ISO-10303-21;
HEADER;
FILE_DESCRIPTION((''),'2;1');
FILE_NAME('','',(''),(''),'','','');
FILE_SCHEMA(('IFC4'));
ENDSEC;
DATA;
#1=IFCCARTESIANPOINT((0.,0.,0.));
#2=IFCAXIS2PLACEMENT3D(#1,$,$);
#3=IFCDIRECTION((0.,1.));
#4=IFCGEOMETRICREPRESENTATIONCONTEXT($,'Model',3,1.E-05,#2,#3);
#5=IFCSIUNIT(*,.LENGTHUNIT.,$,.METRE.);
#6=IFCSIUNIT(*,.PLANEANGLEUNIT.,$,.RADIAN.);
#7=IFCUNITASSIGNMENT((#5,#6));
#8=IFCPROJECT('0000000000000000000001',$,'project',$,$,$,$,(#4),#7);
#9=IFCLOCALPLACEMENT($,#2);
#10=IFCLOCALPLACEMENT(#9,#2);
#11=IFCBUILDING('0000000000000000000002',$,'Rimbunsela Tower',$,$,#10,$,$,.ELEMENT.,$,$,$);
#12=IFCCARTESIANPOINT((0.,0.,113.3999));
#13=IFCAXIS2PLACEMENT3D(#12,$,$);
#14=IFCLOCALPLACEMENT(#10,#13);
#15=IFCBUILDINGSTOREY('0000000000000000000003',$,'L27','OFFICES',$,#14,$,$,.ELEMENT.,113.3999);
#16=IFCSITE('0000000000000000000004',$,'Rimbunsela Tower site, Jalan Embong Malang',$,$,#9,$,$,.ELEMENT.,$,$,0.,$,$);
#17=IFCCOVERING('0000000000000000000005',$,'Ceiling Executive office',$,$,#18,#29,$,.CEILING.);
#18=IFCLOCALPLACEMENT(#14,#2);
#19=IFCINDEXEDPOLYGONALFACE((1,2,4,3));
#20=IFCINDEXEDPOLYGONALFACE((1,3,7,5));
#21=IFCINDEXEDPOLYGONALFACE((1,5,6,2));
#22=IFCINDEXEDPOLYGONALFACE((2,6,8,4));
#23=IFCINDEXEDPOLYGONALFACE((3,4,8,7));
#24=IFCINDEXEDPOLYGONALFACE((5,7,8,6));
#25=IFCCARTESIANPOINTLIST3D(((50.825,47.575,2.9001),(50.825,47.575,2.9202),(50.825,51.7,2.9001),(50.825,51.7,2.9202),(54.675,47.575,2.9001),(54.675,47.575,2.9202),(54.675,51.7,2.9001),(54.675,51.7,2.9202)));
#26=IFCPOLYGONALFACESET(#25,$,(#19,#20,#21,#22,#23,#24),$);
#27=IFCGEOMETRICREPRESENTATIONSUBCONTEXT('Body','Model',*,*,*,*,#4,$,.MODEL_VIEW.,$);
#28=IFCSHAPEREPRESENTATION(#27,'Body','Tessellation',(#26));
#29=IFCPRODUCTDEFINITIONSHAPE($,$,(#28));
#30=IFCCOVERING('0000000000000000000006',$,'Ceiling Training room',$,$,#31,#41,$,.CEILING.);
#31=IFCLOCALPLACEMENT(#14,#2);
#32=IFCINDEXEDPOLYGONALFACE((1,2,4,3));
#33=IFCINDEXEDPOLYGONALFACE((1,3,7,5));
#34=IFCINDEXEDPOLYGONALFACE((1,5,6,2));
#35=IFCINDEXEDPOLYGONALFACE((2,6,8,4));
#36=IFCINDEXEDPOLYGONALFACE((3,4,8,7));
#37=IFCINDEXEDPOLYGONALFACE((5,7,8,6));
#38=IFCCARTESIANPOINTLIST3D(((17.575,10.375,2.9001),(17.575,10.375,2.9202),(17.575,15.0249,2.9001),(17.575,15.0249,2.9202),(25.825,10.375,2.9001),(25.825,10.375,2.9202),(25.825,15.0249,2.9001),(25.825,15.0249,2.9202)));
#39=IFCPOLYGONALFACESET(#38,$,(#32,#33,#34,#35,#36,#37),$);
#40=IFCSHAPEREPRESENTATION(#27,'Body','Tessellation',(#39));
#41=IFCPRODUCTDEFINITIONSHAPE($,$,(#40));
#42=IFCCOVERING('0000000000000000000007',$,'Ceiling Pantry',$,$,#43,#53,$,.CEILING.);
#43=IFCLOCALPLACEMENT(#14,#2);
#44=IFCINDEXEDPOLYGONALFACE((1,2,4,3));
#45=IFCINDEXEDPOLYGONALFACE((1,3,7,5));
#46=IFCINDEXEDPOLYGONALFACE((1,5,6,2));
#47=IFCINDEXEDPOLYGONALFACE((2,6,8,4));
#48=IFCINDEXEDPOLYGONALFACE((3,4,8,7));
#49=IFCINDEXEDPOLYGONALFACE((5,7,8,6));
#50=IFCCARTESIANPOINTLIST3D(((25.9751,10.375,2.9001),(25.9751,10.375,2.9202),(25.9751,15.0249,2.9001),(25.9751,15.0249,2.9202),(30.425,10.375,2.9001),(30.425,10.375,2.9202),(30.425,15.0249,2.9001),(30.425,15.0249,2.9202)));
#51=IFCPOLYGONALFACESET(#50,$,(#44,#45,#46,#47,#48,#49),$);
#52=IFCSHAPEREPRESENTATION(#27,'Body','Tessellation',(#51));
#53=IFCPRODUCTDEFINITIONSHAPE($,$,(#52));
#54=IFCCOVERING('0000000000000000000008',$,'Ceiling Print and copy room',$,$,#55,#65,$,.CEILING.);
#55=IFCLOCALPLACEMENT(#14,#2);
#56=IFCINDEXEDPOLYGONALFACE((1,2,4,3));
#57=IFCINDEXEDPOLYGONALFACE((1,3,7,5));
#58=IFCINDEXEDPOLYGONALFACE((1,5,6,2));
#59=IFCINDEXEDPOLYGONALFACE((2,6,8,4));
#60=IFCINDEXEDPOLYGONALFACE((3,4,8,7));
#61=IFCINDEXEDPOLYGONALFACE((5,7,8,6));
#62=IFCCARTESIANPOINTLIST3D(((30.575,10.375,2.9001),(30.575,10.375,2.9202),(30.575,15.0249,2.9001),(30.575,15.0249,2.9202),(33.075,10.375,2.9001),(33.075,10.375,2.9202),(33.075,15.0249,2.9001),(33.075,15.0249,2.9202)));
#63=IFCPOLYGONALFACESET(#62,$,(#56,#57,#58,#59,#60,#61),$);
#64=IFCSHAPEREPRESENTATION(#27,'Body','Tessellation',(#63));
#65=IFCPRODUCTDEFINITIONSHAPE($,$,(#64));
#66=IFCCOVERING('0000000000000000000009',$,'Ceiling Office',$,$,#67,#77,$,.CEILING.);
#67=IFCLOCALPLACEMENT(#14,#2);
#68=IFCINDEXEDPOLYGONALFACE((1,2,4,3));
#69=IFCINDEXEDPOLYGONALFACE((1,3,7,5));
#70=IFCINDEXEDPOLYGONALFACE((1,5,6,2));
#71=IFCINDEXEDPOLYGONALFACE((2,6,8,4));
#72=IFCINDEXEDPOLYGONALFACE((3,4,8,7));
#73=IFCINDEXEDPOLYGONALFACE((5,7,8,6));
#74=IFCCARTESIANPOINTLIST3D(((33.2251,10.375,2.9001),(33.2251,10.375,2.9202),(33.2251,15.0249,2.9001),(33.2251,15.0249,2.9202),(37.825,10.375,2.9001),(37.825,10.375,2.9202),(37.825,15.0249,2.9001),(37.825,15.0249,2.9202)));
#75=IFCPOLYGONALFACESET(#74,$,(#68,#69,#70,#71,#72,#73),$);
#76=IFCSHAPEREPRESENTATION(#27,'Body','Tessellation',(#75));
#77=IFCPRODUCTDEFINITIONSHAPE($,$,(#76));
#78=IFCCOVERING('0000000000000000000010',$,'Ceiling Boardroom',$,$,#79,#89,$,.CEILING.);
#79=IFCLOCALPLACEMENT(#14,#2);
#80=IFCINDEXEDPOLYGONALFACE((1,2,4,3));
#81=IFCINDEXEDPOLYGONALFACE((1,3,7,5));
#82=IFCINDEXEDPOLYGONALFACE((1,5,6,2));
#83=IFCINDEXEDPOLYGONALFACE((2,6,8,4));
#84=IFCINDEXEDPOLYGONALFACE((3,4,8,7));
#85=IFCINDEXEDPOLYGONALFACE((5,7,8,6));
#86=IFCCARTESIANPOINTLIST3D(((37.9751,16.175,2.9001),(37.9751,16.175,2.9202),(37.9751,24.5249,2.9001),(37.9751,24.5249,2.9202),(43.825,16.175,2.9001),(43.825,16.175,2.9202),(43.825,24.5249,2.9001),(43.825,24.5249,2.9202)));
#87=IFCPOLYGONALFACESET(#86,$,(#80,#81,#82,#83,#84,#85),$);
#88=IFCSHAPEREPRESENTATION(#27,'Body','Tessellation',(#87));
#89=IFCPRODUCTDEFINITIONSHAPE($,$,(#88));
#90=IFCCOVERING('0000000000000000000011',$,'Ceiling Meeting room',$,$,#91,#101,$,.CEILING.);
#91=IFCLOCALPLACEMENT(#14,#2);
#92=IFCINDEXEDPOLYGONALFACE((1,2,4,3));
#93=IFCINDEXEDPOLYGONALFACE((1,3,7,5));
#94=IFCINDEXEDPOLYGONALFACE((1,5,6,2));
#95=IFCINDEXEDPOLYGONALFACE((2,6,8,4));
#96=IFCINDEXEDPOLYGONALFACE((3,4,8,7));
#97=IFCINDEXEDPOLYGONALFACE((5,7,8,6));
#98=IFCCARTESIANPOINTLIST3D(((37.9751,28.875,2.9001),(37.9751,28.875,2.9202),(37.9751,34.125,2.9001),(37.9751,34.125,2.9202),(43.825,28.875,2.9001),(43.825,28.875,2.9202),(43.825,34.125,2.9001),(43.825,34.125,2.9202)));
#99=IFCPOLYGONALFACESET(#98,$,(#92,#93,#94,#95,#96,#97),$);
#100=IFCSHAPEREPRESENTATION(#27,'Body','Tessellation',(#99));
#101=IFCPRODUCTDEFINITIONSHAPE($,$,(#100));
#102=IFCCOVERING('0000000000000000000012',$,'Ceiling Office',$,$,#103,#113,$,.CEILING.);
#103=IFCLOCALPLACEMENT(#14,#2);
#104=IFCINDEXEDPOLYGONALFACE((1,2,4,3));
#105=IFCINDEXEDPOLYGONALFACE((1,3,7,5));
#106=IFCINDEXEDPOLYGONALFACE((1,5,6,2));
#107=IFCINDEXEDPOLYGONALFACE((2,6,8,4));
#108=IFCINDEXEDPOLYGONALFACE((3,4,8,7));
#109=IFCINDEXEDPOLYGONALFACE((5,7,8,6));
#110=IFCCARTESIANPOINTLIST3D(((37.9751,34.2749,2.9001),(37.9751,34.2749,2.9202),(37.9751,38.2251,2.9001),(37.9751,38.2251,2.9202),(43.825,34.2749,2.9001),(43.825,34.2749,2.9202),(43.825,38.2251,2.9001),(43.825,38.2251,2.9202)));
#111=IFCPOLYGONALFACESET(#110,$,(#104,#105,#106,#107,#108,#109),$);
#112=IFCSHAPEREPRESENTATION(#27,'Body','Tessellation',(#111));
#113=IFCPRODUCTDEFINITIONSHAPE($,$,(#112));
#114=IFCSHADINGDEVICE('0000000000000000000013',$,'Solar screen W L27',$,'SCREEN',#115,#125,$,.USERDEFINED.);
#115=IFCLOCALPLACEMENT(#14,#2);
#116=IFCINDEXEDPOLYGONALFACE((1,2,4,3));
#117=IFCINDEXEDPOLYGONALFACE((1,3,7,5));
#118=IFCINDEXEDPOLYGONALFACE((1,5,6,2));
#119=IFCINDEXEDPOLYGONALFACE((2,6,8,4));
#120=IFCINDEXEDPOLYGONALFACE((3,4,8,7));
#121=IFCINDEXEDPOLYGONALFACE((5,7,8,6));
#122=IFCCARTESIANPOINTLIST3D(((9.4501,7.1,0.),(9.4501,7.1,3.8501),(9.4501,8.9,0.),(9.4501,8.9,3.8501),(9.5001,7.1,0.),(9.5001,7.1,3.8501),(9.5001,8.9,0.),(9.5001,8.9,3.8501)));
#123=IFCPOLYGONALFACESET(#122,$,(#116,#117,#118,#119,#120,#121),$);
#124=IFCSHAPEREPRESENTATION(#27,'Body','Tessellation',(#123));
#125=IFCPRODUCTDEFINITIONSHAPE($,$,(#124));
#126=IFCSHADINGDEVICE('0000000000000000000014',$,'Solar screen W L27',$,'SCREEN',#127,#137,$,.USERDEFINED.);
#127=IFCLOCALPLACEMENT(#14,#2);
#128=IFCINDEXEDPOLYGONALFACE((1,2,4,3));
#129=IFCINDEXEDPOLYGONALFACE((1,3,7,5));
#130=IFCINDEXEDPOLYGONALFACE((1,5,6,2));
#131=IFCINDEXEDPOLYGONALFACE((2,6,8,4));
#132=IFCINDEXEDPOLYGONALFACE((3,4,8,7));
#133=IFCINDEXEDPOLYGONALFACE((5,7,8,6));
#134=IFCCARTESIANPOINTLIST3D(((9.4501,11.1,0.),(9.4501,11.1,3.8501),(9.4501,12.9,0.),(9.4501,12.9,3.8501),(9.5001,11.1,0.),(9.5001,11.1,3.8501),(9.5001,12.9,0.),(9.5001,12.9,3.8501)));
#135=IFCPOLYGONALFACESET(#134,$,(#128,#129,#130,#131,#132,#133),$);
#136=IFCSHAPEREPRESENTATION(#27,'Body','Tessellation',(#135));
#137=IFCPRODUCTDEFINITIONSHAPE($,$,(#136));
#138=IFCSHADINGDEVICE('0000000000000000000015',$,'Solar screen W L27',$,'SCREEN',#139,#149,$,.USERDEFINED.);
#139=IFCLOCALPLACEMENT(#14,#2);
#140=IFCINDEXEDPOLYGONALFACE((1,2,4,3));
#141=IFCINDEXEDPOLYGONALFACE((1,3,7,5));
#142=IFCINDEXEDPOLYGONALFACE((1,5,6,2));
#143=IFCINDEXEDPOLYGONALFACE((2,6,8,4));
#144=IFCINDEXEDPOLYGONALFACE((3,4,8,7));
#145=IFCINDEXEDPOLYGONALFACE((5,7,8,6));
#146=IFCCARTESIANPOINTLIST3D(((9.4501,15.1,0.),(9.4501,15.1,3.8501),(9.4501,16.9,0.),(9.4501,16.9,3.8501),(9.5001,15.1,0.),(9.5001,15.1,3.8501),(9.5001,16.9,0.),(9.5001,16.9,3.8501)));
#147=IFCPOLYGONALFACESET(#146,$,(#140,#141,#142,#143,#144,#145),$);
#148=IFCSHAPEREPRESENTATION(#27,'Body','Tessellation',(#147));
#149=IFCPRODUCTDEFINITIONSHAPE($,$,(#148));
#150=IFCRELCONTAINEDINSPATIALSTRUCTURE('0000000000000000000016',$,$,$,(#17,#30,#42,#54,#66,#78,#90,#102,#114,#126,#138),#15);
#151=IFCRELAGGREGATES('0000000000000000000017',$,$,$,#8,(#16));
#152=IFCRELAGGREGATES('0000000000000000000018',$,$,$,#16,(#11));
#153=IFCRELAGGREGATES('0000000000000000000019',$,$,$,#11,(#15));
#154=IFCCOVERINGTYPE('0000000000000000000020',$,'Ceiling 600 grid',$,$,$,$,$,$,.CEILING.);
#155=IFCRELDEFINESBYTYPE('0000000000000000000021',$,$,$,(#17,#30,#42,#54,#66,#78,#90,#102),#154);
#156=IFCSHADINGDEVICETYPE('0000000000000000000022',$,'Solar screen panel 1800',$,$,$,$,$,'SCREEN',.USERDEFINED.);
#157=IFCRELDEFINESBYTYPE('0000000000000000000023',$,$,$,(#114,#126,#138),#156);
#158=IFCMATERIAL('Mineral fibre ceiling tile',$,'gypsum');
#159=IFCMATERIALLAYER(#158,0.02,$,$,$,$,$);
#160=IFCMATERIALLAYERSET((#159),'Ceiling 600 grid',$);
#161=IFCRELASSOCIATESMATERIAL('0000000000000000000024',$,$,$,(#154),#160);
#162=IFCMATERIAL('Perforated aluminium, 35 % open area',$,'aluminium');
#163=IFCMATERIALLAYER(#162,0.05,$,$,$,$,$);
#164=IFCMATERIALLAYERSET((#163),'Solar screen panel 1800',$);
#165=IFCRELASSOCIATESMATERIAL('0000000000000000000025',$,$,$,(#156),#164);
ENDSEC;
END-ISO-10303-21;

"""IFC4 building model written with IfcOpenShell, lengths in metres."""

from ifc_helpers import new_model, si_unit, direction, frame, origin, origin_2d, place, context, subcontext, project, spatial, polyline, rectangle, outline, extrude, material, layer, layer_set, type_object, element, save


model = new_model("IFC4")

# Units and contexts
model_context = context("Model", 3, precision=1e-05, world=origin(), true_north=direction((0.0, 1.0)))
body_context = subcontext(model_context, "Body", "Model", "MODEL_VIEW")
ifc_project = project(units=[si_unit("LENGTHUNIT", "METRE"), si_unit("PLANEANGLEUNIT", "RADIAN")], contexts=[model_context])

# Site, building, storey
site_placement = place(None, origin())
site = spatial("IfcSite", under=ifc_project, at=site_placement, Name="Rimbunsela Tower site, Jalan Embong Malang", CompositionType="ELEMENT", RefElevation=0.0)
building_placement = place(site_placement, origin())
building = spatial("IfcBuilding", under=site, at=building_placement, Name="Rimbunsela Tower", CompositionType="ELEMENT")
storey_placement = place(building_placement, frame((0.0, 0.0, 113.3999)))
storey = spatial("IfcBuildingStorey", under=building, at=storey_placement, Name="L27", Description="OFFICES", CompositionType="ELEMENT", Elevation=113.3999)

# Coverings
ifc_material_1 = material(Name="Mineral fibre ceiling tile", Category="gypsum")
ifc_layer_1 = layer(ifc_material_1, 0.02)
ifc_layer_set_1 = layer_set([ifc_layer_1], Name="Ceiling 600 grid")
covering_type_1 = type_object("IfcCoveringType", Name="Ceiling 600 grid", PredefinedType="CEILING", material=ifc_layer_set_1)
covering_1_placement = place(storey_placement, frame((0.0, 0.0, 2.9001)))
element("IfcCovering", 1, at=covering_1_placement, inside=storey, type_object=covering_type_1, Name="Ceiling Executive office", PredefinedType="CEILING", context=body_context, shape_type="SweptSolid", body=[
    extrude(outline(polyline([(54.675, 47.575), (54.675, 51.7), (50.825, 51.7), (50.825, 47.575), (54.675, 47.575)])), origin(), (0.0, 0.0, 1.0), 0.02),
])
covering_2_placement = place(storey_placement, frame((0.0, 0.0, 2.9001)))
element("IfcCovering", 2, at=covering_2_placement, inside=storey, type_object=covering_type_1, Name="Ceiling Training room", PredefinedType="CEILING", context=body_context, shape_type="SweptSolid", body=[
    extrude(outline(polyline([(25.825, 10.375), (25.825, 15.0249), (17.575, 15.0249), (17.575, 10.375), (25.825, 10.375)])), origin(), (0.0, 0.0, 1.0), 0.02),
])
covering_3_placement = place(storey_placement, frame((0.0, 0.0, 2.9001)))
element("IfcCovering", 3, at=covering_3_placement, inside=storey, type_object=covering_type_1, Name="Ceiling Pantry", PredefinedType="CEILING", context=body_context, shape_type="SweptSolid", body=[
    extrude(outline(polyline([(30.425, 10.375), (30.425, 15.0249), (25.9751, 15.0249), (25.9751, 10.375), (30.425, 10.375)])), origin(), (0.0, 0.0, 1.0), 0.02),
])
covering_4_placement = place(storey_placement, frame((0.0, 0.0, 2.9001)))
element("IfcCovering", 4, at=covering_4_placement, inside=storey, type_object=covering_type_1, Name="Ceiling Print and copy room", PredefinedType="CEILING", context=body_context, shape_type="SweptSolid", body=[
    extrude(outline(polyline([(33.075, 10.375), (33.075, 15.0249), (30.575, 15.0249), (30.575, 10.375), (33.075, 10.375)])), origin(), (0.0, 0.0, 1.0), 0.02),
])
covering_5_placement = place(storey_placement, frame((0.0, 0.0, 2.9001)))
element("IfcCovering", 5, at=covering_5_placement, inside=storey, type_object=covering_type_1, Name="Ceiling Office", PredefinedType="CEILING", context=body_context, shape_type="SweptSolid", body=[
    extrude(outline(polyline([(37.825, 10.375), (37.825, 15.0249), (33.2251, 15.0249), (33.2251, 10.375), (37.825, 10.375)])), origin(), (0.0, 0.0, 1.0), 0.02),
])
covering_6_placement = place(storey_placement, frame((0.0, 0.0, 2.9001)))
element("IfcCovering", 6, at=covering_6_placement, inside=storey, type_object=covering_type_1, Name="Ceiling Boardroom", PredefinedType="CEILING", context=body_context, shape_type="SweptSolid", body=[
    extrude(outline(polyline([(43.825, 16.175), (43.825, 24.5249), (37.9751, 24.5249), (37.9751, 16.175), (43.825, 16.175)])), origin(), (0.0, 0.0, 1.0), 0.02),
])
covering_7_placement = place(storey_placement, frame((0.0, 0.0, 2.9001)))
element("IfcCovering", 7, at=covering_7_placement, inside=storey, type_object=covering_type_1, Name="Ceiling Meeting room", PredefinedType="CEILING", context=body_context, shape_type="SweptSolid", body=[
    extrude(outline(polyline([(43.825, 28.875), (43.825, 34.125), (37.9751, 34.125), (37.9751, 28.875), (43.825, 28.875)])), origin(), (0.0, 0.0, 1.0), 0.02),
])
covering_8_placement = place(storey_placement, frame((0.0, 0.0, 2.9001)))
element("IfcCovering", 8, at=covering_8_placement, inside=storey, type_object=covering_type_1, Name="Ceiling Office", PredefinedType="CEILING", context=body_context, shape_type="SweptSolid", body=[
    extrude(outline(polyline([(43.825, 34.2749), (43.825, 38.2251), (37.9751, 38.2251), (37.9751, 34.2749), (43.825, 34.2749)])), origin(), (0.0, 0.0, 1.0), 0.02),
])

# Shading devices
ifc_material_2 = material(Name="Perforated aluminium, 35 % open area", Category="aluminium")
ifc_layer_2 = layer(ifc_material_2, 0.05)
ifc_layer_set_2 = layer_set([ifc_layer_2], Name="Solar screen panel 1800")
shading_device_type = type_object("IfcShadingDeviceType", Name="Solar screen panel 1800", ElementType="SCREEN", PredefinedType="USERDEFINED", material=ifc_layer_set_2)
for number, where, z_axis, x_axis, name in (
    (9, (9.4751, 8.0, 0.0), (0.0, 0.0, 1.0), (0.0, 1.0, 0.0), "Solar screen W L27"),
    (10, (9.4751, 12.0, 0.0), (0.0, 0.0, 1.0), (0.0, 1.0, 0.0), "Solar screen W L27"),
    (11, (9.4751, 16.0, 0.0), (0.0, 0.0, 1.0), (0.0, 1.0, 0.0), "Solar screen W L27"),
):
    element("IfcShadingDevice", number, at=place(storey_placement, frame(where, z_axis=z_axis, x_axis=x_axis)), inside=storey, type_object=shading_device_type, Name=name, ObjectType="SCREEN", PredefinedType="USERDEFINED", context=body_context, shape_type="SweptSolid", body=[
        extrude(rectangle(XDim=1.8, YDim=0.05, at=origin_2d()), origin(), (0.0, 0.0, 1.0), 3.8501),
    ])

save(model, "model.ifc")
